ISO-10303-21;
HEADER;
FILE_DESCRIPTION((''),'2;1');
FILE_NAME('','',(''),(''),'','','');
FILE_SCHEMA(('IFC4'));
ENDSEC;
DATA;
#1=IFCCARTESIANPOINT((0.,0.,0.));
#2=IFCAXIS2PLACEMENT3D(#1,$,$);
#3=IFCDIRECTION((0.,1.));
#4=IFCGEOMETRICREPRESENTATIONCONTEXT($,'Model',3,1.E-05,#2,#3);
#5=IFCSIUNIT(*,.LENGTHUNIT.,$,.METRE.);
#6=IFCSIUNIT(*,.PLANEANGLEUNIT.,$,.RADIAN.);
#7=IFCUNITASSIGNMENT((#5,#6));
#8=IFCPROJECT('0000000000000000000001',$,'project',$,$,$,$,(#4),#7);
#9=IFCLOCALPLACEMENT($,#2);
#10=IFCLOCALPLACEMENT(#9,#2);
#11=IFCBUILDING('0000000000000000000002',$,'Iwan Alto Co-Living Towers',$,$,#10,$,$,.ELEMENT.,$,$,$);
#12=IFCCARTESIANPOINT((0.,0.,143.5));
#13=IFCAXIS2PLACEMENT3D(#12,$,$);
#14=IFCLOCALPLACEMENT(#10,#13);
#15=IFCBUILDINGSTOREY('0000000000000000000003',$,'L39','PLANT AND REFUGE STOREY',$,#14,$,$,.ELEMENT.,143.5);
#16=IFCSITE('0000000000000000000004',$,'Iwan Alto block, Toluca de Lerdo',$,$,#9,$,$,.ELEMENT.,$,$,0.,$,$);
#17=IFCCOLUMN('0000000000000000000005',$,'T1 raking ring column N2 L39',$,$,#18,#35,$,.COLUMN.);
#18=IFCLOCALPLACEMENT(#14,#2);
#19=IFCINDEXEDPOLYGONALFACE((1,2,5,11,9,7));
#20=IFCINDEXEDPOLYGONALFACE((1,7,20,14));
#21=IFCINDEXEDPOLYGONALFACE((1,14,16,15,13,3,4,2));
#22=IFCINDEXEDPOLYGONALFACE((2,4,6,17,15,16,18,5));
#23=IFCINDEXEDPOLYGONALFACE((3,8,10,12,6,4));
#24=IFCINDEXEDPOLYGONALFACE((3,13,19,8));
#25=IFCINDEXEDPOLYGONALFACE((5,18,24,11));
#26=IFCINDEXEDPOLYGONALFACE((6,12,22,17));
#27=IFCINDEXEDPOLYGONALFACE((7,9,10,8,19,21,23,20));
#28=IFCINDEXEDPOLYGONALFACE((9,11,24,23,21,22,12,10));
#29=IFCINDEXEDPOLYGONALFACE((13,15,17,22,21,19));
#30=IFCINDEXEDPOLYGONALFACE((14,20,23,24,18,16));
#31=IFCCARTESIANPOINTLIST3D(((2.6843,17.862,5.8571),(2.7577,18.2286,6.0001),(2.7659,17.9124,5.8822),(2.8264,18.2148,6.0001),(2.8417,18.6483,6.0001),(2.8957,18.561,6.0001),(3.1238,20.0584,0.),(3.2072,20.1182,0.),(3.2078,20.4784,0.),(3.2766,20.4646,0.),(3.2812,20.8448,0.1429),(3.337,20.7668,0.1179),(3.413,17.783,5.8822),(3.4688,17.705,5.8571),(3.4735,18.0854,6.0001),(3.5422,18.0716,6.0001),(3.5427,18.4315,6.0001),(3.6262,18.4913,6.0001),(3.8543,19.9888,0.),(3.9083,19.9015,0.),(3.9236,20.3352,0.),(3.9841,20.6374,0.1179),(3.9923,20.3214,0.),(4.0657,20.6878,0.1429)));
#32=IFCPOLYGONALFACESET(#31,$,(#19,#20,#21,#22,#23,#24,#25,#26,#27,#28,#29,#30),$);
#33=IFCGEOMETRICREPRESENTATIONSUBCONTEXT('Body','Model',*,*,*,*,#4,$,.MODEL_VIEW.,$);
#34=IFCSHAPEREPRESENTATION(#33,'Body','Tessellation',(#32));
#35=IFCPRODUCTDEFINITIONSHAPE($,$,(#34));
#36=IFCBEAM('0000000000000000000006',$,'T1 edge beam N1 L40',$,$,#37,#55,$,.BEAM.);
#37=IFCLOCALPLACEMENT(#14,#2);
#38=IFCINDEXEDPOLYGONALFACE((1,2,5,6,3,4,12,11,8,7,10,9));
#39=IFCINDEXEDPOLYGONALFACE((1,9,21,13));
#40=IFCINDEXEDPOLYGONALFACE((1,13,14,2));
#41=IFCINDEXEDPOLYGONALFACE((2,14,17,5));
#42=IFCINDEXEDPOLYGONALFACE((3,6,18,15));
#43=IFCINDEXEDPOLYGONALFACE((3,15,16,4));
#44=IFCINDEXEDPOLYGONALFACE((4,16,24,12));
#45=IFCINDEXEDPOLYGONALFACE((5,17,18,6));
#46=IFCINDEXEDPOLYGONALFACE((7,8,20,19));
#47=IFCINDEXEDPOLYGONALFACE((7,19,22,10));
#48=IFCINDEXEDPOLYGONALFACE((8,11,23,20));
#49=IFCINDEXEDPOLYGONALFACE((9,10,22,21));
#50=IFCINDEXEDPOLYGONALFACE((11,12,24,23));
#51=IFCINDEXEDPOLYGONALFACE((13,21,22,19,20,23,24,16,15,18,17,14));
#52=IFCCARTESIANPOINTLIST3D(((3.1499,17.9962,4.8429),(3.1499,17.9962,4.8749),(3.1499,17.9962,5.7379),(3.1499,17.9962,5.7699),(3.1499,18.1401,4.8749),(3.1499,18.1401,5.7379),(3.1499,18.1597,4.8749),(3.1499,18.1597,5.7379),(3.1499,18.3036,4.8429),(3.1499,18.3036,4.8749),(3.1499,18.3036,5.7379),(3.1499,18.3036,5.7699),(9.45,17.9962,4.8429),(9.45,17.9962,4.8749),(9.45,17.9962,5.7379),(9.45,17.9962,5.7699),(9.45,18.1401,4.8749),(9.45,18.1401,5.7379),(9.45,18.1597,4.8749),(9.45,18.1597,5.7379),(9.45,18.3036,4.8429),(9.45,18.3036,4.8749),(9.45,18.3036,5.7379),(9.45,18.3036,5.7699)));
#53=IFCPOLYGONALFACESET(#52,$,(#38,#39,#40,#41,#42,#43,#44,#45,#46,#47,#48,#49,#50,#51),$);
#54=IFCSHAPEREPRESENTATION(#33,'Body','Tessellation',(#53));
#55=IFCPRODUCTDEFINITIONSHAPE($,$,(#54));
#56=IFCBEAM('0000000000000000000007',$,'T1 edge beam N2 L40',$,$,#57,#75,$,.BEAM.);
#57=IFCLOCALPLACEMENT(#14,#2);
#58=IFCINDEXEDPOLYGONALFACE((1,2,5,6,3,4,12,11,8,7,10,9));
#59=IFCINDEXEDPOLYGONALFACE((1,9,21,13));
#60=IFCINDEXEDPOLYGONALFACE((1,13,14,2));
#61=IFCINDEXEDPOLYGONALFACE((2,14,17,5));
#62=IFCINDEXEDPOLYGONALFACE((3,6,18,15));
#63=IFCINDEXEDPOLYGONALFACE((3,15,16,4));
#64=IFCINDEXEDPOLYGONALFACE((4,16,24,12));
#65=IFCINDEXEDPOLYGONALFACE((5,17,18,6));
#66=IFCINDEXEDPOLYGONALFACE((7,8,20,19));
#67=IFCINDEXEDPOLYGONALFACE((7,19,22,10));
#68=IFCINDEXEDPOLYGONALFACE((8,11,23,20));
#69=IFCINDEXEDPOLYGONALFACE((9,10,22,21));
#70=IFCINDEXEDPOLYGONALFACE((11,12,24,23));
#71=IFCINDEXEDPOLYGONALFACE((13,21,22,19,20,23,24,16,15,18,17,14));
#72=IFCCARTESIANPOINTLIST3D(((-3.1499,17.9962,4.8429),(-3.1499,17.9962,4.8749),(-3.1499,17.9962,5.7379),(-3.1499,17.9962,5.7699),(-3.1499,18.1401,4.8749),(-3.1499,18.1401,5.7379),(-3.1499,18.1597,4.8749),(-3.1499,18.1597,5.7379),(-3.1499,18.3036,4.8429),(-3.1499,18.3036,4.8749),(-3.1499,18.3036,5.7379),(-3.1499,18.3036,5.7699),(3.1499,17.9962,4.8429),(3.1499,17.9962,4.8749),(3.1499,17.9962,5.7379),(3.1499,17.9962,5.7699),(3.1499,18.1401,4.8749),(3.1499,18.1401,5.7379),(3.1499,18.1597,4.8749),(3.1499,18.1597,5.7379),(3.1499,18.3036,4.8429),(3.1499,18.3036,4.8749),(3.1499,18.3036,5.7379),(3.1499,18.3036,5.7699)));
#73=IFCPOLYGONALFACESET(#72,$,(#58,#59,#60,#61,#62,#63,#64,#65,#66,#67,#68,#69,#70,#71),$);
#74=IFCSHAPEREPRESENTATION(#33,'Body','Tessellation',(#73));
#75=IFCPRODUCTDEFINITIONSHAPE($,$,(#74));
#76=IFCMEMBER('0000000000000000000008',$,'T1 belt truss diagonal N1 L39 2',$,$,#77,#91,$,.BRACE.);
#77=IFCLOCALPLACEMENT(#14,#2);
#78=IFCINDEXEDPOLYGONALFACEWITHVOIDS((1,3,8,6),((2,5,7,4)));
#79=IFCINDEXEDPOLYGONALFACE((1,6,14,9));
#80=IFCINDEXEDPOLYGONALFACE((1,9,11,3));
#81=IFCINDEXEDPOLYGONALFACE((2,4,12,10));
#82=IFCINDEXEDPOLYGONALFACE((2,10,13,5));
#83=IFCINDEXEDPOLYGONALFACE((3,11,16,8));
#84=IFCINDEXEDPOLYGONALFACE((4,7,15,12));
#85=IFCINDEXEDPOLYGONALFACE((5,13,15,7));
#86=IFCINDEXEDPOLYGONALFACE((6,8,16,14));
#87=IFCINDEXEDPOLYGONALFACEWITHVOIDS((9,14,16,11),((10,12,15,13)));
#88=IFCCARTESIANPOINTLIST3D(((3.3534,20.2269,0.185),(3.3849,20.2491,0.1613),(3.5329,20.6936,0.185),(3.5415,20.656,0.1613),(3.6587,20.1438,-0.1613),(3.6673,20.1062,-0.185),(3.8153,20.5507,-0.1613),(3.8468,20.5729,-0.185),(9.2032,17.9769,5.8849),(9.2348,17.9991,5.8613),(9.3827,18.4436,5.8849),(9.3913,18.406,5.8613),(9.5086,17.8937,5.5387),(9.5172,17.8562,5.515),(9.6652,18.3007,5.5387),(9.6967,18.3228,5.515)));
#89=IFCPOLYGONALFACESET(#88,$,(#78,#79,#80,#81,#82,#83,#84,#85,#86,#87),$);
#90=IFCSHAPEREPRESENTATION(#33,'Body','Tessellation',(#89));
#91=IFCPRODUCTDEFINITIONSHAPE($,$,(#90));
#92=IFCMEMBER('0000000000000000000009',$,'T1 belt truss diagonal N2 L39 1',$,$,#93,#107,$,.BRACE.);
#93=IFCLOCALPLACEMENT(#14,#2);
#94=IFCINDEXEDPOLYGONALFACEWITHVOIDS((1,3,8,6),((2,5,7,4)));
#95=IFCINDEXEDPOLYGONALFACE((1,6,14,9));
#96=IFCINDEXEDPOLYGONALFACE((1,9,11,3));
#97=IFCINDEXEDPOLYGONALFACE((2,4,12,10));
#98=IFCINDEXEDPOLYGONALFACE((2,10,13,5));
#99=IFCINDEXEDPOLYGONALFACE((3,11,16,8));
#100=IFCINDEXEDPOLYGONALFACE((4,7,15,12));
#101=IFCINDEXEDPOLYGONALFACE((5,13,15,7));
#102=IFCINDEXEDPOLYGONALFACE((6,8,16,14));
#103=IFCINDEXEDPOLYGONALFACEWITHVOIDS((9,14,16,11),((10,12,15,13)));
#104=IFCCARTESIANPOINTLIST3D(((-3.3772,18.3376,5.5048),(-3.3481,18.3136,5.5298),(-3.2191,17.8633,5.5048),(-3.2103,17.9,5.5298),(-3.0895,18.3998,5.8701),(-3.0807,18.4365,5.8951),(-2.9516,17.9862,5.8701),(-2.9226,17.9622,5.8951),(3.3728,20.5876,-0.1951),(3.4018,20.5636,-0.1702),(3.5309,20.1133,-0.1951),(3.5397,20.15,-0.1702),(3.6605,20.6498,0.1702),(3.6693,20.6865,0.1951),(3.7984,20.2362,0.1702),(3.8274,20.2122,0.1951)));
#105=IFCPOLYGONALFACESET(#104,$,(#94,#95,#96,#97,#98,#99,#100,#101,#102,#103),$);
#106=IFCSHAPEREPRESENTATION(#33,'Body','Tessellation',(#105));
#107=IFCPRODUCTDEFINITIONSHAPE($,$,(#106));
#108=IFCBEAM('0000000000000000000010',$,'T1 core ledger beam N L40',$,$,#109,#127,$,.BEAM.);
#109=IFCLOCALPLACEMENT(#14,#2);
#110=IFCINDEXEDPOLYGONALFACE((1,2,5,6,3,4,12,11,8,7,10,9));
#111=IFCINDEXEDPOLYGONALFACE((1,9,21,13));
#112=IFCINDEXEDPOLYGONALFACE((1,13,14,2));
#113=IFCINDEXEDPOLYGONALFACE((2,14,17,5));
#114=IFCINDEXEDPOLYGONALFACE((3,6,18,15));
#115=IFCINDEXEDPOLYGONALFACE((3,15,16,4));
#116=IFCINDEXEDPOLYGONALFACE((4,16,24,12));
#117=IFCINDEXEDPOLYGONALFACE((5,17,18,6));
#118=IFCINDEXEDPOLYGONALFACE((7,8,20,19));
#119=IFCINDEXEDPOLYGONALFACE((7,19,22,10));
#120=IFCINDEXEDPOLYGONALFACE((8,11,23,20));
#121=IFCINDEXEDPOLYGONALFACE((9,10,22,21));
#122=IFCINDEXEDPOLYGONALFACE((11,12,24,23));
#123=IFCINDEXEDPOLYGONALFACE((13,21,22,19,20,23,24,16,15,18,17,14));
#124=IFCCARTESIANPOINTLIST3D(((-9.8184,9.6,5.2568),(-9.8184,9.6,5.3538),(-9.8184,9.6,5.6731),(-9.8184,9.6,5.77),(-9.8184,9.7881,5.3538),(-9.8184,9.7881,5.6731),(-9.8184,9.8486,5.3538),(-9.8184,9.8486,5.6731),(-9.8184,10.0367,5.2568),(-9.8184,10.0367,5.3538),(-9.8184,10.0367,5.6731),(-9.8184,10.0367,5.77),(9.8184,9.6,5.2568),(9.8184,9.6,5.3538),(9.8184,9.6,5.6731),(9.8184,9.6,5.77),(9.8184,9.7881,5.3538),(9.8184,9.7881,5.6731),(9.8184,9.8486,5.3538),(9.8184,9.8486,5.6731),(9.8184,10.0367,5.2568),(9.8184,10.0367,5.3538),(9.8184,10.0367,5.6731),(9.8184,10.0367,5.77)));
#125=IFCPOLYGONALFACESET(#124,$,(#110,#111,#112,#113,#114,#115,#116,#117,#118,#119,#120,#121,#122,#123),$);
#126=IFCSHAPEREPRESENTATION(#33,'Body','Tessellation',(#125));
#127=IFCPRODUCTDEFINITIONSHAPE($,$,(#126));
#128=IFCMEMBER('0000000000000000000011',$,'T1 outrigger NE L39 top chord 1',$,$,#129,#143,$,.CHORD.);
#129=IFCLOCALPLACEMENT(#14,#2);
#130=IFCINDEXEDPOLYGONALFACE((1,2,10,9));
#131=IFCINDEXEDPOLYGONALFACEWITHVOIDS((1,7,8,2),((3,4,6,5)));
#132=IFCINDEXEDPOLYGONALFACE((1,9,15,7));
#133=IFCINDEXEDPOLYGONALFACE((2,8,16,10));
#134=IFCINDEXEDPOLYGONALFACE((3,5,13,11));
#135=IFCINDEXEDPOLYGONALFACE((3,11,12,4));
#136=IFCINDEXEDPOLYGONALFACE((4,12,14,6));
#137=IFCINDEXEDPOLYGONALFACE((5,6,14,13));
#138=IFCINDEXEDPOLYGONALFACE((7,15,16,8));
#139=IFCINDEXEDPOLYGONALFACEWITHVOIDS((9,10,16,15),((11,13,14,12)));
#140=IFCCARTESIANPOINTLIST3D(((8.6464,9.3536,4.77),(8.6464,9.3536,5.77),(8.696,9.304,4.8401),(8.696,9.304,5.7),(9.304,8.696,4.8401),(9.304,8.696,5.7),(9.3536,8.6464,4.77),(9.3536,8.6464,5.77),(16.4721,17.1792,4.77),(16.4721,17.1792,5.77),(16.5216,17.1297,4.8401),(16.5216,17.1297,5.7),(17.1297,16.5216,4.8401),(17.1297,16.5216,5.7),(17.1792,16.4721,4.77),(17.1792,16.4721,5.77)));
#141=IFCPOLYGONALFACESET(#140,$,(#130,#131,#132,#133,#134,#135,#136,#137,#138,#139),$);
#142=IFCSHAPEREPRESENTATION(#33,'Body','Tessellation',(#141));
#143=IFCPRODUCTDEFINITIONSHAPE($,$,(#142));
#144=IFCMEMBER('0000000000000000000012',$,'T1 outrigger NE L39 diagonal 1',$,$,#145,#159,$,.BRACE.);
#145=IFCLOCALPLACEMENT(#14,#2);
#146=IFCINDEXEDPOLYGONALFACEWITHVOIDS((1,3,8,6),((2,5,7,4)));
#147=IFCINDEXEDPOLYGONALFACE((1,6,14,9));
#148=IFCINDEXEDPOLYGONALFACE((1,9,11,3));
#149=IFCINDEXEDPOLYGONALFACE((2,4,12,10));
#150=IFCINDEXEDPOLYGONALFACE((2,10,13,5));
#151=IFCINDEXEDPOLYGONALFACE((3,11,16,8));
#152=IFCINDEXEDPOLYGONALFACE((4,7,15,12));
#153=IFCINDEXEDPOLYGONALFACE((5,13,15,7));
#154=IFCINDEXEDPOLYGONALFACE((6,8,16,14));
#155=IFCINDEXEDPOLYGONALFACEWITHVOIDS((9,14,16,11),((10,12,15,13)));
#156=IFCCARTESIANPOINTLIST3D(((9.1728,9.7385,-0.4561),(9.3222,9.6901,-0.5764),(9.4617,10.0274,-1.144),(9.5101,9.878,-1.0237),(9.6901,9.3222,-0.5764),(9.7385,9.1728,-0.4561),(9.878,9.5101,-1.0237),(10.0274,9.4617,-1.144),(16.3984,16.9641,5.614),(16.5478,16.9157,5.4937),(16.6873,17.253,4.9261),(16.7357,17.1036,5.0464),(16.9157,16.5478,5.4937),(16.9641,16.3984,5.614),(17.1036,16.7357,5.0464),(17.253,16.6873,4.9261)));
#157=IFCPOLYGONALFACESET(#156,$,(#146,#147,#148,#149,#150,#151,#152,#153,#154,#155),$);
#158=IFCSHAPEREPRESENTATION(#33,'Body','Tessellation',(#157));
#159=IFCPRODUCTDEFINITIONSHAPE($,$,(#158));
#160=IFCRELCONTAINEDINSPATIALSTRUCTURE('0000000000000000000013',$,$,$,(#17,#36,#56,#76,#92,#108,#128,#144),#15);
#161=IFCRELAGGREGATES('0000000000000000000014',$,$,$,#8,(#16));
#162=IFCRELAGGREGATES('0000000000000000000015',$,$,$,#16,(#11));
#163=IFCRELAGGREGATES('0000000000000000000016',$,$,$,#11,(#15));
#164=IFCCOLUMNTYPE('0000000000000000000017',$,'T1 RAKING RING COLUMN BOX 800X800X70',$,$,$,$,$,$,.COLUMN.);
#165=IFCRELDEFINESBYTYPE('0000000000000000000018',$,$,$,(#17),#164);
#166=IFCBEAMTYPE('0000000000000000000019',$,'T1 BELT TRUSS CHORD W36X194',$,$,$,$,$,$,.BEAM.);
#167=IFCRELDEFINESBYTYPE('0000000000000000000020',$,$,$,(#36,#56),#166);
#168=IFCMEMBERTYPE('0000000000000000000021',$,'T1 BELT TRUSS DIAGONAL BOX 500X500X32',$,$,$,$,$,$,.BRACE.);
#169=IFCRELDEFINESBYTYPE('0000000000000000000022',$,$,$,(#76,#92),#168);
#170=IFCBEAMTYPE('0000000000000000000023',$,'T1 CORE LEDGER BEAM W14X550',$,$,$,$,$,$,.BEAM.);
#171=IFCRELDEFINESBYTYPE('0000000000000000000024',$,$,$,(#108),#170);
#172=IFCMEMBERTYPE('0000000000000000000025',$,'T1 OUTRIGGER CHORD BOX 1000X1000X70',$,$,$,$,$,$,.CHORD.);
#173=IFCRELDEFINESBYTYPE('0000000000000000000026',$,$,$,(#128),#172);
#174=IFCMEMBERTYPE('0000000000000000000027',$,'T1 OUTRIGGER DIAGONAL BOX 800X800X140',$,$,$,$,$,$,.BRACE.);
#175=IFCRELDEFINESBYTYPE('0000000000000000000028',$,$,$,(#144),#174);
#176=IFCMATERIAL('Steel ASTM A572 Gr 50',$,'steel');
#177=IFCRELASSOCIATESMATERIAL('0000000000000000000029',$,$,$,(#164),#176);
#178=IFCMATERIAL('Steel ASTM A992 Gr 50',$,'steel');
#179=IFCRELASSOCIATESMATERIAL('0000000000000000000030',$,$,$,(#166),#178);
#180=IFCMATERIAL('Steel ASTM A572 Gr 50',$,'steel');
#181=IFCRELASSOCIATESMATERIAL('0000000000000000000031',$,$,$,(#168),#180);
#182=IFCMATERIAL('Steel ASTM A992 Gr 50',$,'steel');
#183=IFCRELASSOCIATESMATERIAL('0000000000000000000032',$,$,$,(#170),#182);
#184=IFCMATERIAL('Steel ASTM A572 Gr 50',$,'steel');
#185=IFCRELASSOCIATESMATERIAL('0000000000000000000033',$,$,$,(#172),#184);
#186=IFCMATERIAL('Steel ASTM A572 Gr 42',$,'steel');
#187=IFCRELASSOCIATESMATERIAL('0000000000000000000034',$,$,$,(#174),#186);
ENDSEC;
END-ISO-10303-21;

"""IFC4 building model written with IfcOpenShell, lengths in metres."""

from ifc_helpers import new_model, si_unit, direction, frame, origin, origin_2d, place, context, subcontext, project, spatial, hollow_rectangle, i_section, extrude, clip, halfspace, material, material_profile, profile_set, type_object, element, save


model = new_model("IFC4")

# Units and contexts
model_context = context("Model", 3, precision=1e-05, world=origin(), true_north=direction((0.0, 1.0)))
body_context = subcontext(model_context, "Body", "Model", "MODEL_VIEW")
ifc_project = project(units=[si_unit("LENGTHUNIT", "METRE"), si_unit("PLANEANGLEUNIT", "RADIAN")], contexts=[model_context])

# Site, building, storey
site_placement = place(None, origin())
site = spatial("IfcSite", under=ifc_project, at=site_placement, Name="Iwan Alto block, Toluca de Lerdo", CompositionType="ELEMENT", RefElevation=0.0)
building_placement = place(site_placement, origin())
building = spatial("IfcBuilding", under=site, at=building_placement, Name="Iwan Alto Co-Living Towers", CompositionType="ELEMENT")
storey_placement = place(building_placement, frame((0.0, 0.0, 143.5)))
storey = spatial("IfcBuildingStorey", under=building, at=storey_placement, Name="L39", Description="PLANT AND REFUGE STOREY", CompositionType="ELEMENT", Elevation=143.5)

# Column
ifc_material_1 = material(Name="Steel ASTM A572 Gr 50", Category="steel")
ifc_material_profile_1 = material_profile(ifc_material_1, hollow_rectangle(XDim=0.8, YDim=0.8, WallThickness=0.0701, at=origin_2d()), Name="BOX 800X800X70")
ifc_profile_set_1 = profile_set([ifc_material_profile_1], Name="Steel ASTM A572 Gr 50")
column_type = type_object("IfcColumnType", Name="T1 RAKING RING COLUMN BOX 800X800X70", PredefinedType="COLUMN", material=ifc_profile_set_1)
column_placement = place(storey_placement, frame((3.6001, 20.3999, 0.0), z_axis=(-0.070082, -0.35026, 0.934027), x_axis=(0.980564, -0.196198, 0.0)))
element("IfcColumn", 1, at=column_placement, inside=storey, type_object=column_type, Name="T1 raking ring column N2 L39", PredefinedType="COLUMN", context=body_context, shape_type="Clipping", body=[
    clip(clip(extrude(hollow_rectangle(XDim=0.8, YDim=0.8, WallThickness=0.0701, at=origin_2d()), origin(), (0.0, 0.0, 1.0), 6.4238), halfspace(frame((0.0, 0.0, 0.0), z_axis=(0.0, -0.357203, -0.934027), x_axis=(0.980564, 0.183254, -0.070082)), False)), halfspace(frame((0.0, 2.1433, 5.6042), z_axis=(0.0, 0.357203, 0.934027), x_axis=(0.980564, 0.183254, -0.070082)), False)),
])

# Beams
ifc_material_2 = material(Name="Steel ASTM A992 Gr 50", Category="steel")
ifc_material_profile_2 = material_profile(ifc_material_2, i_section(OverallWidth=0.3074, OverallDepth=0.927, WebThickness=0.0195, FlangeThickness=0.032, at=origin_2d()), Name="W36X194")
ifc_profile_set_2 = profile_set([ifc_material_profile_2], Name="Steel ASTM A992 Gr 50")
beam_type_1 = type_object("IfcBeamType", Name="T1 BELT TRUSS CHORD W36X194", PredefinedType="BEAM", material=ifc_profile_set_2)
beam_1_placement = place(storey_placement, frame((9.45, 18.1499, 5.3064), z_axis=(-1.0, 0.0, 0.0), x_axis=(0.0, -1.0, 0.0)))
element("IfcBeam", 2, at=beam_1_placement, inside=storey, type_object=beam_type_1, Name="T1 edge beam N1 L40", PredefinedType="BEAM", context=body_context, shape_type="SweptSolid", body=[
    extrude(i_section(OverallWidth=0.3074, OverallDepth=0.927, WebThickness=0.0195, FlangeThickness=0.032, at=origin_2d()), origin(), (0.0, 0.0, 1.0), 6.3),
])
beam_2_placement = place(storey_placement, frame((3.1499, 18.1499, 5.3064), z_axis=(-1.0, 0.0, 0.0), x_axis=(0.0, -1.0, 0.0)))
element("IfcBeam", 3, at=beam_2_placement, inside=storey, type_object=beam_type_1, Name="T1 edge beam N2 L40", PredefinedType="BEAM", context=body_context, shape_type="SweptSolid", body=[
    extrude(i_section(OverallWidth=0.3074, OverallDepth=0.927, WebThickness=0.0195, FlangeThickness=0.032, at=origin_2d()), origin(), (0.0, 0.0, 1.0), 6.2998),
])

# Members
ifc_material_3 = material(Name="Steel ASTM A572 Gr 50", Category="steel")
ifc_material_profile_3 = material_profile(ifc_material_3, hollow_rectangle(XDim=0.5, YDim=0.5, WallThickness=0.032, at=origin_2d()), Name="BOX 500X500X32")
ifc_profile_set_3 = profile_set([ifc_material_profile_3], Name="Steel ASTM A572 Gr 50")
member_type_1 = type_object("IfcMemberType", Name="T1 BELT TRUSS DIAGONAL BOX 500X500X32", PredefinedType="BRACE", material=ifc_profile_set_3)
member_1_placement = place(storey_placement, frame((3.6001, 20.3999, 0.0), z_axis=(0.690503, -0.265585, 0.672808), x_axis=(0.358987, 0.933343, 0.0)))
element("IfcMember", 4, at=member_1_placement, inside=storey, type_object=member_type_1, Name="T1 belt truss diagonal N1 L39 2", PredefinedType="BRACE", context=body_context, shape_type="SweptSolid", body=[
    extrude(hollow_rectangle(XDim=0.5, YDim=0.5, WallThickness=0.032, at=origin_2d()), origin(), (0.0, 0.0, 1.0), 8.4719),
])
member_2_placement = place(storey_placement, frame((3.6001, 20.3999, 0.0), z_axis=(-0.740398, -0.246799, 0.62522), x_axis=(0.316228, -0.948683, 0.0)))
element("IfcMember", 5, at=member_2_placement, inside=storey, type_object=member_type_1, Name="T1 belt truss diagonal N2 L39 1", PredefinedType="BRACE", context=body_context, shape_type="SweptSolid", body=[
    extrude(hollow_rectangle(XDim=0.5, YDim=0.5, WallThickness=0.032, at=origin_2d()), origin(), (0.0, 0.0, 1.0), 9.1167),
])

# Beam
ifc_material_4 = material(Name="Steel ASTM A992 Gr 50", Category="steel")
ifc_material_profile_4 = material_profile(ifc_material_4, i_section(OverallWidth=0.4368, OverallDepth=0.5132, WebThickness=0.0605, FlangeThickness=0.0969, at=origin_2d()), Name="W14X550")
ifc_profile_set_4 = profile_set([ifc_material_profile_4], Name="Steel ASTM A992 Gr 50")
beam_type_2 = type_object("IfcBeamType", Name="T1 CORE LEDGER BEAM W14X550", PredefinedType="BEAM", material=ifc_profile_set_4)
beam_3_placement = place(storey_placement, frame((9.8184, 9.8184, 5.5134), z_axis=(-1.0, 0.0, 0.0), x_axis=(0.0, -1.0, 0.0)))
element("IfcBeam", 6, at=beam_3_placement, inside=storey, type_object=beam_type_2, Name="T1 core ledger beam N L40", PredefinedType="BEAM", context=body_context, shape_type="SweptSolid", body=[
    extrude(i_section(OverallWidth=0.4368, OverallDepth=0.5132, WebThickness=0.0605, FlangeThickness=0.0969, at=origin_2d()), origin(), (0.0, 0.0, 1.0), 19.6367),
])

# Members
ifc_material_5 = material(Name="Steel ASTM A572 Gr 50", Category="steel")
ifc_material_profile_5 = material_profile(ifc_material_5, hollow_rectangle(XDim=1.0, YDim=1.0, WallThickness=0.0701, at=origin_2d()), Name="BOX 1000X1000X70")
ifc_profile_set_5 = profile_set([ifc_material_profile_5], Name="Steel ASTM A572 Gr 50")
member_type_2 = type_object("IfcMemberType", Name="T1 OUTRIGGER CHORD BOX 1000X1000X70", PredefinedType="CHORD", material=ifc_profile_set_5)
member_3_placement = place(storey_placement, frame((9.0, 9.0, 5.27), z_axis=(0.707107, 0.707107, 0.0), x_axis=(-0.707107, 0.707107, 0.0)))
element("IfcMember", 7, at=member_3_placement, inside=storey, type_object=member_type_2, Name="T1 outrigger NE L39 top chord 1", PredefinedType="CHORD", context=body_context, shape_type="SweptSolid", body=[
    extrude(hollow_rectangle(XDim=1.0, YDim=1.0, WallThickness=0.0701, at=origin_2d()), origin(), (0.0, 0.0, 1.0), 11.0671),
])
ifc_material_6 = material(Name="Steel ASTM A572 Gr 42", Category="steel")
ifc_material_profile_6 = material_profile(ifc_material_6, hollow_rectangle(XDim=0.8, YDim=0.8, WallThickness=0.1399, at=origin_2d()), Name="BOX 800X800X140")
ifc_profile_set_6 = profile_set([ifc_material_profile_6], Name="Steel ASTM A572 Gr 42")
member_type_3 = type_object("IfcMemberType", Name="T1 OUTRIGGER DIAGONAL BOX 800X800X140", PredefinedType="BRACE", material=ifc_profile_set_6)
member_4_placement = place(storey_placement, frame((9.6001, 9.6001, -0.8), z_axis=(0.607935, 0.607935, 0.510714), x_axis=(-0.707107, 0.707107, 0.0)))
element("IfcMember", 8, at=member_4_placement, inside=storey, type_object=member_type_3, Name="T1 outrigger NE L39 diagonal 1", PredefinedType="BRACE", context=body_context, shape_type="SweptSolid", body=[
    extrude(hollow_rectangle(XDim=0.8, YDim=0.8, WallThickness=0.1399, at=origin_2d()), origin(), (0.0, 0.0, 1.0), 11.8855),
])

save(model, "model.ifc")
